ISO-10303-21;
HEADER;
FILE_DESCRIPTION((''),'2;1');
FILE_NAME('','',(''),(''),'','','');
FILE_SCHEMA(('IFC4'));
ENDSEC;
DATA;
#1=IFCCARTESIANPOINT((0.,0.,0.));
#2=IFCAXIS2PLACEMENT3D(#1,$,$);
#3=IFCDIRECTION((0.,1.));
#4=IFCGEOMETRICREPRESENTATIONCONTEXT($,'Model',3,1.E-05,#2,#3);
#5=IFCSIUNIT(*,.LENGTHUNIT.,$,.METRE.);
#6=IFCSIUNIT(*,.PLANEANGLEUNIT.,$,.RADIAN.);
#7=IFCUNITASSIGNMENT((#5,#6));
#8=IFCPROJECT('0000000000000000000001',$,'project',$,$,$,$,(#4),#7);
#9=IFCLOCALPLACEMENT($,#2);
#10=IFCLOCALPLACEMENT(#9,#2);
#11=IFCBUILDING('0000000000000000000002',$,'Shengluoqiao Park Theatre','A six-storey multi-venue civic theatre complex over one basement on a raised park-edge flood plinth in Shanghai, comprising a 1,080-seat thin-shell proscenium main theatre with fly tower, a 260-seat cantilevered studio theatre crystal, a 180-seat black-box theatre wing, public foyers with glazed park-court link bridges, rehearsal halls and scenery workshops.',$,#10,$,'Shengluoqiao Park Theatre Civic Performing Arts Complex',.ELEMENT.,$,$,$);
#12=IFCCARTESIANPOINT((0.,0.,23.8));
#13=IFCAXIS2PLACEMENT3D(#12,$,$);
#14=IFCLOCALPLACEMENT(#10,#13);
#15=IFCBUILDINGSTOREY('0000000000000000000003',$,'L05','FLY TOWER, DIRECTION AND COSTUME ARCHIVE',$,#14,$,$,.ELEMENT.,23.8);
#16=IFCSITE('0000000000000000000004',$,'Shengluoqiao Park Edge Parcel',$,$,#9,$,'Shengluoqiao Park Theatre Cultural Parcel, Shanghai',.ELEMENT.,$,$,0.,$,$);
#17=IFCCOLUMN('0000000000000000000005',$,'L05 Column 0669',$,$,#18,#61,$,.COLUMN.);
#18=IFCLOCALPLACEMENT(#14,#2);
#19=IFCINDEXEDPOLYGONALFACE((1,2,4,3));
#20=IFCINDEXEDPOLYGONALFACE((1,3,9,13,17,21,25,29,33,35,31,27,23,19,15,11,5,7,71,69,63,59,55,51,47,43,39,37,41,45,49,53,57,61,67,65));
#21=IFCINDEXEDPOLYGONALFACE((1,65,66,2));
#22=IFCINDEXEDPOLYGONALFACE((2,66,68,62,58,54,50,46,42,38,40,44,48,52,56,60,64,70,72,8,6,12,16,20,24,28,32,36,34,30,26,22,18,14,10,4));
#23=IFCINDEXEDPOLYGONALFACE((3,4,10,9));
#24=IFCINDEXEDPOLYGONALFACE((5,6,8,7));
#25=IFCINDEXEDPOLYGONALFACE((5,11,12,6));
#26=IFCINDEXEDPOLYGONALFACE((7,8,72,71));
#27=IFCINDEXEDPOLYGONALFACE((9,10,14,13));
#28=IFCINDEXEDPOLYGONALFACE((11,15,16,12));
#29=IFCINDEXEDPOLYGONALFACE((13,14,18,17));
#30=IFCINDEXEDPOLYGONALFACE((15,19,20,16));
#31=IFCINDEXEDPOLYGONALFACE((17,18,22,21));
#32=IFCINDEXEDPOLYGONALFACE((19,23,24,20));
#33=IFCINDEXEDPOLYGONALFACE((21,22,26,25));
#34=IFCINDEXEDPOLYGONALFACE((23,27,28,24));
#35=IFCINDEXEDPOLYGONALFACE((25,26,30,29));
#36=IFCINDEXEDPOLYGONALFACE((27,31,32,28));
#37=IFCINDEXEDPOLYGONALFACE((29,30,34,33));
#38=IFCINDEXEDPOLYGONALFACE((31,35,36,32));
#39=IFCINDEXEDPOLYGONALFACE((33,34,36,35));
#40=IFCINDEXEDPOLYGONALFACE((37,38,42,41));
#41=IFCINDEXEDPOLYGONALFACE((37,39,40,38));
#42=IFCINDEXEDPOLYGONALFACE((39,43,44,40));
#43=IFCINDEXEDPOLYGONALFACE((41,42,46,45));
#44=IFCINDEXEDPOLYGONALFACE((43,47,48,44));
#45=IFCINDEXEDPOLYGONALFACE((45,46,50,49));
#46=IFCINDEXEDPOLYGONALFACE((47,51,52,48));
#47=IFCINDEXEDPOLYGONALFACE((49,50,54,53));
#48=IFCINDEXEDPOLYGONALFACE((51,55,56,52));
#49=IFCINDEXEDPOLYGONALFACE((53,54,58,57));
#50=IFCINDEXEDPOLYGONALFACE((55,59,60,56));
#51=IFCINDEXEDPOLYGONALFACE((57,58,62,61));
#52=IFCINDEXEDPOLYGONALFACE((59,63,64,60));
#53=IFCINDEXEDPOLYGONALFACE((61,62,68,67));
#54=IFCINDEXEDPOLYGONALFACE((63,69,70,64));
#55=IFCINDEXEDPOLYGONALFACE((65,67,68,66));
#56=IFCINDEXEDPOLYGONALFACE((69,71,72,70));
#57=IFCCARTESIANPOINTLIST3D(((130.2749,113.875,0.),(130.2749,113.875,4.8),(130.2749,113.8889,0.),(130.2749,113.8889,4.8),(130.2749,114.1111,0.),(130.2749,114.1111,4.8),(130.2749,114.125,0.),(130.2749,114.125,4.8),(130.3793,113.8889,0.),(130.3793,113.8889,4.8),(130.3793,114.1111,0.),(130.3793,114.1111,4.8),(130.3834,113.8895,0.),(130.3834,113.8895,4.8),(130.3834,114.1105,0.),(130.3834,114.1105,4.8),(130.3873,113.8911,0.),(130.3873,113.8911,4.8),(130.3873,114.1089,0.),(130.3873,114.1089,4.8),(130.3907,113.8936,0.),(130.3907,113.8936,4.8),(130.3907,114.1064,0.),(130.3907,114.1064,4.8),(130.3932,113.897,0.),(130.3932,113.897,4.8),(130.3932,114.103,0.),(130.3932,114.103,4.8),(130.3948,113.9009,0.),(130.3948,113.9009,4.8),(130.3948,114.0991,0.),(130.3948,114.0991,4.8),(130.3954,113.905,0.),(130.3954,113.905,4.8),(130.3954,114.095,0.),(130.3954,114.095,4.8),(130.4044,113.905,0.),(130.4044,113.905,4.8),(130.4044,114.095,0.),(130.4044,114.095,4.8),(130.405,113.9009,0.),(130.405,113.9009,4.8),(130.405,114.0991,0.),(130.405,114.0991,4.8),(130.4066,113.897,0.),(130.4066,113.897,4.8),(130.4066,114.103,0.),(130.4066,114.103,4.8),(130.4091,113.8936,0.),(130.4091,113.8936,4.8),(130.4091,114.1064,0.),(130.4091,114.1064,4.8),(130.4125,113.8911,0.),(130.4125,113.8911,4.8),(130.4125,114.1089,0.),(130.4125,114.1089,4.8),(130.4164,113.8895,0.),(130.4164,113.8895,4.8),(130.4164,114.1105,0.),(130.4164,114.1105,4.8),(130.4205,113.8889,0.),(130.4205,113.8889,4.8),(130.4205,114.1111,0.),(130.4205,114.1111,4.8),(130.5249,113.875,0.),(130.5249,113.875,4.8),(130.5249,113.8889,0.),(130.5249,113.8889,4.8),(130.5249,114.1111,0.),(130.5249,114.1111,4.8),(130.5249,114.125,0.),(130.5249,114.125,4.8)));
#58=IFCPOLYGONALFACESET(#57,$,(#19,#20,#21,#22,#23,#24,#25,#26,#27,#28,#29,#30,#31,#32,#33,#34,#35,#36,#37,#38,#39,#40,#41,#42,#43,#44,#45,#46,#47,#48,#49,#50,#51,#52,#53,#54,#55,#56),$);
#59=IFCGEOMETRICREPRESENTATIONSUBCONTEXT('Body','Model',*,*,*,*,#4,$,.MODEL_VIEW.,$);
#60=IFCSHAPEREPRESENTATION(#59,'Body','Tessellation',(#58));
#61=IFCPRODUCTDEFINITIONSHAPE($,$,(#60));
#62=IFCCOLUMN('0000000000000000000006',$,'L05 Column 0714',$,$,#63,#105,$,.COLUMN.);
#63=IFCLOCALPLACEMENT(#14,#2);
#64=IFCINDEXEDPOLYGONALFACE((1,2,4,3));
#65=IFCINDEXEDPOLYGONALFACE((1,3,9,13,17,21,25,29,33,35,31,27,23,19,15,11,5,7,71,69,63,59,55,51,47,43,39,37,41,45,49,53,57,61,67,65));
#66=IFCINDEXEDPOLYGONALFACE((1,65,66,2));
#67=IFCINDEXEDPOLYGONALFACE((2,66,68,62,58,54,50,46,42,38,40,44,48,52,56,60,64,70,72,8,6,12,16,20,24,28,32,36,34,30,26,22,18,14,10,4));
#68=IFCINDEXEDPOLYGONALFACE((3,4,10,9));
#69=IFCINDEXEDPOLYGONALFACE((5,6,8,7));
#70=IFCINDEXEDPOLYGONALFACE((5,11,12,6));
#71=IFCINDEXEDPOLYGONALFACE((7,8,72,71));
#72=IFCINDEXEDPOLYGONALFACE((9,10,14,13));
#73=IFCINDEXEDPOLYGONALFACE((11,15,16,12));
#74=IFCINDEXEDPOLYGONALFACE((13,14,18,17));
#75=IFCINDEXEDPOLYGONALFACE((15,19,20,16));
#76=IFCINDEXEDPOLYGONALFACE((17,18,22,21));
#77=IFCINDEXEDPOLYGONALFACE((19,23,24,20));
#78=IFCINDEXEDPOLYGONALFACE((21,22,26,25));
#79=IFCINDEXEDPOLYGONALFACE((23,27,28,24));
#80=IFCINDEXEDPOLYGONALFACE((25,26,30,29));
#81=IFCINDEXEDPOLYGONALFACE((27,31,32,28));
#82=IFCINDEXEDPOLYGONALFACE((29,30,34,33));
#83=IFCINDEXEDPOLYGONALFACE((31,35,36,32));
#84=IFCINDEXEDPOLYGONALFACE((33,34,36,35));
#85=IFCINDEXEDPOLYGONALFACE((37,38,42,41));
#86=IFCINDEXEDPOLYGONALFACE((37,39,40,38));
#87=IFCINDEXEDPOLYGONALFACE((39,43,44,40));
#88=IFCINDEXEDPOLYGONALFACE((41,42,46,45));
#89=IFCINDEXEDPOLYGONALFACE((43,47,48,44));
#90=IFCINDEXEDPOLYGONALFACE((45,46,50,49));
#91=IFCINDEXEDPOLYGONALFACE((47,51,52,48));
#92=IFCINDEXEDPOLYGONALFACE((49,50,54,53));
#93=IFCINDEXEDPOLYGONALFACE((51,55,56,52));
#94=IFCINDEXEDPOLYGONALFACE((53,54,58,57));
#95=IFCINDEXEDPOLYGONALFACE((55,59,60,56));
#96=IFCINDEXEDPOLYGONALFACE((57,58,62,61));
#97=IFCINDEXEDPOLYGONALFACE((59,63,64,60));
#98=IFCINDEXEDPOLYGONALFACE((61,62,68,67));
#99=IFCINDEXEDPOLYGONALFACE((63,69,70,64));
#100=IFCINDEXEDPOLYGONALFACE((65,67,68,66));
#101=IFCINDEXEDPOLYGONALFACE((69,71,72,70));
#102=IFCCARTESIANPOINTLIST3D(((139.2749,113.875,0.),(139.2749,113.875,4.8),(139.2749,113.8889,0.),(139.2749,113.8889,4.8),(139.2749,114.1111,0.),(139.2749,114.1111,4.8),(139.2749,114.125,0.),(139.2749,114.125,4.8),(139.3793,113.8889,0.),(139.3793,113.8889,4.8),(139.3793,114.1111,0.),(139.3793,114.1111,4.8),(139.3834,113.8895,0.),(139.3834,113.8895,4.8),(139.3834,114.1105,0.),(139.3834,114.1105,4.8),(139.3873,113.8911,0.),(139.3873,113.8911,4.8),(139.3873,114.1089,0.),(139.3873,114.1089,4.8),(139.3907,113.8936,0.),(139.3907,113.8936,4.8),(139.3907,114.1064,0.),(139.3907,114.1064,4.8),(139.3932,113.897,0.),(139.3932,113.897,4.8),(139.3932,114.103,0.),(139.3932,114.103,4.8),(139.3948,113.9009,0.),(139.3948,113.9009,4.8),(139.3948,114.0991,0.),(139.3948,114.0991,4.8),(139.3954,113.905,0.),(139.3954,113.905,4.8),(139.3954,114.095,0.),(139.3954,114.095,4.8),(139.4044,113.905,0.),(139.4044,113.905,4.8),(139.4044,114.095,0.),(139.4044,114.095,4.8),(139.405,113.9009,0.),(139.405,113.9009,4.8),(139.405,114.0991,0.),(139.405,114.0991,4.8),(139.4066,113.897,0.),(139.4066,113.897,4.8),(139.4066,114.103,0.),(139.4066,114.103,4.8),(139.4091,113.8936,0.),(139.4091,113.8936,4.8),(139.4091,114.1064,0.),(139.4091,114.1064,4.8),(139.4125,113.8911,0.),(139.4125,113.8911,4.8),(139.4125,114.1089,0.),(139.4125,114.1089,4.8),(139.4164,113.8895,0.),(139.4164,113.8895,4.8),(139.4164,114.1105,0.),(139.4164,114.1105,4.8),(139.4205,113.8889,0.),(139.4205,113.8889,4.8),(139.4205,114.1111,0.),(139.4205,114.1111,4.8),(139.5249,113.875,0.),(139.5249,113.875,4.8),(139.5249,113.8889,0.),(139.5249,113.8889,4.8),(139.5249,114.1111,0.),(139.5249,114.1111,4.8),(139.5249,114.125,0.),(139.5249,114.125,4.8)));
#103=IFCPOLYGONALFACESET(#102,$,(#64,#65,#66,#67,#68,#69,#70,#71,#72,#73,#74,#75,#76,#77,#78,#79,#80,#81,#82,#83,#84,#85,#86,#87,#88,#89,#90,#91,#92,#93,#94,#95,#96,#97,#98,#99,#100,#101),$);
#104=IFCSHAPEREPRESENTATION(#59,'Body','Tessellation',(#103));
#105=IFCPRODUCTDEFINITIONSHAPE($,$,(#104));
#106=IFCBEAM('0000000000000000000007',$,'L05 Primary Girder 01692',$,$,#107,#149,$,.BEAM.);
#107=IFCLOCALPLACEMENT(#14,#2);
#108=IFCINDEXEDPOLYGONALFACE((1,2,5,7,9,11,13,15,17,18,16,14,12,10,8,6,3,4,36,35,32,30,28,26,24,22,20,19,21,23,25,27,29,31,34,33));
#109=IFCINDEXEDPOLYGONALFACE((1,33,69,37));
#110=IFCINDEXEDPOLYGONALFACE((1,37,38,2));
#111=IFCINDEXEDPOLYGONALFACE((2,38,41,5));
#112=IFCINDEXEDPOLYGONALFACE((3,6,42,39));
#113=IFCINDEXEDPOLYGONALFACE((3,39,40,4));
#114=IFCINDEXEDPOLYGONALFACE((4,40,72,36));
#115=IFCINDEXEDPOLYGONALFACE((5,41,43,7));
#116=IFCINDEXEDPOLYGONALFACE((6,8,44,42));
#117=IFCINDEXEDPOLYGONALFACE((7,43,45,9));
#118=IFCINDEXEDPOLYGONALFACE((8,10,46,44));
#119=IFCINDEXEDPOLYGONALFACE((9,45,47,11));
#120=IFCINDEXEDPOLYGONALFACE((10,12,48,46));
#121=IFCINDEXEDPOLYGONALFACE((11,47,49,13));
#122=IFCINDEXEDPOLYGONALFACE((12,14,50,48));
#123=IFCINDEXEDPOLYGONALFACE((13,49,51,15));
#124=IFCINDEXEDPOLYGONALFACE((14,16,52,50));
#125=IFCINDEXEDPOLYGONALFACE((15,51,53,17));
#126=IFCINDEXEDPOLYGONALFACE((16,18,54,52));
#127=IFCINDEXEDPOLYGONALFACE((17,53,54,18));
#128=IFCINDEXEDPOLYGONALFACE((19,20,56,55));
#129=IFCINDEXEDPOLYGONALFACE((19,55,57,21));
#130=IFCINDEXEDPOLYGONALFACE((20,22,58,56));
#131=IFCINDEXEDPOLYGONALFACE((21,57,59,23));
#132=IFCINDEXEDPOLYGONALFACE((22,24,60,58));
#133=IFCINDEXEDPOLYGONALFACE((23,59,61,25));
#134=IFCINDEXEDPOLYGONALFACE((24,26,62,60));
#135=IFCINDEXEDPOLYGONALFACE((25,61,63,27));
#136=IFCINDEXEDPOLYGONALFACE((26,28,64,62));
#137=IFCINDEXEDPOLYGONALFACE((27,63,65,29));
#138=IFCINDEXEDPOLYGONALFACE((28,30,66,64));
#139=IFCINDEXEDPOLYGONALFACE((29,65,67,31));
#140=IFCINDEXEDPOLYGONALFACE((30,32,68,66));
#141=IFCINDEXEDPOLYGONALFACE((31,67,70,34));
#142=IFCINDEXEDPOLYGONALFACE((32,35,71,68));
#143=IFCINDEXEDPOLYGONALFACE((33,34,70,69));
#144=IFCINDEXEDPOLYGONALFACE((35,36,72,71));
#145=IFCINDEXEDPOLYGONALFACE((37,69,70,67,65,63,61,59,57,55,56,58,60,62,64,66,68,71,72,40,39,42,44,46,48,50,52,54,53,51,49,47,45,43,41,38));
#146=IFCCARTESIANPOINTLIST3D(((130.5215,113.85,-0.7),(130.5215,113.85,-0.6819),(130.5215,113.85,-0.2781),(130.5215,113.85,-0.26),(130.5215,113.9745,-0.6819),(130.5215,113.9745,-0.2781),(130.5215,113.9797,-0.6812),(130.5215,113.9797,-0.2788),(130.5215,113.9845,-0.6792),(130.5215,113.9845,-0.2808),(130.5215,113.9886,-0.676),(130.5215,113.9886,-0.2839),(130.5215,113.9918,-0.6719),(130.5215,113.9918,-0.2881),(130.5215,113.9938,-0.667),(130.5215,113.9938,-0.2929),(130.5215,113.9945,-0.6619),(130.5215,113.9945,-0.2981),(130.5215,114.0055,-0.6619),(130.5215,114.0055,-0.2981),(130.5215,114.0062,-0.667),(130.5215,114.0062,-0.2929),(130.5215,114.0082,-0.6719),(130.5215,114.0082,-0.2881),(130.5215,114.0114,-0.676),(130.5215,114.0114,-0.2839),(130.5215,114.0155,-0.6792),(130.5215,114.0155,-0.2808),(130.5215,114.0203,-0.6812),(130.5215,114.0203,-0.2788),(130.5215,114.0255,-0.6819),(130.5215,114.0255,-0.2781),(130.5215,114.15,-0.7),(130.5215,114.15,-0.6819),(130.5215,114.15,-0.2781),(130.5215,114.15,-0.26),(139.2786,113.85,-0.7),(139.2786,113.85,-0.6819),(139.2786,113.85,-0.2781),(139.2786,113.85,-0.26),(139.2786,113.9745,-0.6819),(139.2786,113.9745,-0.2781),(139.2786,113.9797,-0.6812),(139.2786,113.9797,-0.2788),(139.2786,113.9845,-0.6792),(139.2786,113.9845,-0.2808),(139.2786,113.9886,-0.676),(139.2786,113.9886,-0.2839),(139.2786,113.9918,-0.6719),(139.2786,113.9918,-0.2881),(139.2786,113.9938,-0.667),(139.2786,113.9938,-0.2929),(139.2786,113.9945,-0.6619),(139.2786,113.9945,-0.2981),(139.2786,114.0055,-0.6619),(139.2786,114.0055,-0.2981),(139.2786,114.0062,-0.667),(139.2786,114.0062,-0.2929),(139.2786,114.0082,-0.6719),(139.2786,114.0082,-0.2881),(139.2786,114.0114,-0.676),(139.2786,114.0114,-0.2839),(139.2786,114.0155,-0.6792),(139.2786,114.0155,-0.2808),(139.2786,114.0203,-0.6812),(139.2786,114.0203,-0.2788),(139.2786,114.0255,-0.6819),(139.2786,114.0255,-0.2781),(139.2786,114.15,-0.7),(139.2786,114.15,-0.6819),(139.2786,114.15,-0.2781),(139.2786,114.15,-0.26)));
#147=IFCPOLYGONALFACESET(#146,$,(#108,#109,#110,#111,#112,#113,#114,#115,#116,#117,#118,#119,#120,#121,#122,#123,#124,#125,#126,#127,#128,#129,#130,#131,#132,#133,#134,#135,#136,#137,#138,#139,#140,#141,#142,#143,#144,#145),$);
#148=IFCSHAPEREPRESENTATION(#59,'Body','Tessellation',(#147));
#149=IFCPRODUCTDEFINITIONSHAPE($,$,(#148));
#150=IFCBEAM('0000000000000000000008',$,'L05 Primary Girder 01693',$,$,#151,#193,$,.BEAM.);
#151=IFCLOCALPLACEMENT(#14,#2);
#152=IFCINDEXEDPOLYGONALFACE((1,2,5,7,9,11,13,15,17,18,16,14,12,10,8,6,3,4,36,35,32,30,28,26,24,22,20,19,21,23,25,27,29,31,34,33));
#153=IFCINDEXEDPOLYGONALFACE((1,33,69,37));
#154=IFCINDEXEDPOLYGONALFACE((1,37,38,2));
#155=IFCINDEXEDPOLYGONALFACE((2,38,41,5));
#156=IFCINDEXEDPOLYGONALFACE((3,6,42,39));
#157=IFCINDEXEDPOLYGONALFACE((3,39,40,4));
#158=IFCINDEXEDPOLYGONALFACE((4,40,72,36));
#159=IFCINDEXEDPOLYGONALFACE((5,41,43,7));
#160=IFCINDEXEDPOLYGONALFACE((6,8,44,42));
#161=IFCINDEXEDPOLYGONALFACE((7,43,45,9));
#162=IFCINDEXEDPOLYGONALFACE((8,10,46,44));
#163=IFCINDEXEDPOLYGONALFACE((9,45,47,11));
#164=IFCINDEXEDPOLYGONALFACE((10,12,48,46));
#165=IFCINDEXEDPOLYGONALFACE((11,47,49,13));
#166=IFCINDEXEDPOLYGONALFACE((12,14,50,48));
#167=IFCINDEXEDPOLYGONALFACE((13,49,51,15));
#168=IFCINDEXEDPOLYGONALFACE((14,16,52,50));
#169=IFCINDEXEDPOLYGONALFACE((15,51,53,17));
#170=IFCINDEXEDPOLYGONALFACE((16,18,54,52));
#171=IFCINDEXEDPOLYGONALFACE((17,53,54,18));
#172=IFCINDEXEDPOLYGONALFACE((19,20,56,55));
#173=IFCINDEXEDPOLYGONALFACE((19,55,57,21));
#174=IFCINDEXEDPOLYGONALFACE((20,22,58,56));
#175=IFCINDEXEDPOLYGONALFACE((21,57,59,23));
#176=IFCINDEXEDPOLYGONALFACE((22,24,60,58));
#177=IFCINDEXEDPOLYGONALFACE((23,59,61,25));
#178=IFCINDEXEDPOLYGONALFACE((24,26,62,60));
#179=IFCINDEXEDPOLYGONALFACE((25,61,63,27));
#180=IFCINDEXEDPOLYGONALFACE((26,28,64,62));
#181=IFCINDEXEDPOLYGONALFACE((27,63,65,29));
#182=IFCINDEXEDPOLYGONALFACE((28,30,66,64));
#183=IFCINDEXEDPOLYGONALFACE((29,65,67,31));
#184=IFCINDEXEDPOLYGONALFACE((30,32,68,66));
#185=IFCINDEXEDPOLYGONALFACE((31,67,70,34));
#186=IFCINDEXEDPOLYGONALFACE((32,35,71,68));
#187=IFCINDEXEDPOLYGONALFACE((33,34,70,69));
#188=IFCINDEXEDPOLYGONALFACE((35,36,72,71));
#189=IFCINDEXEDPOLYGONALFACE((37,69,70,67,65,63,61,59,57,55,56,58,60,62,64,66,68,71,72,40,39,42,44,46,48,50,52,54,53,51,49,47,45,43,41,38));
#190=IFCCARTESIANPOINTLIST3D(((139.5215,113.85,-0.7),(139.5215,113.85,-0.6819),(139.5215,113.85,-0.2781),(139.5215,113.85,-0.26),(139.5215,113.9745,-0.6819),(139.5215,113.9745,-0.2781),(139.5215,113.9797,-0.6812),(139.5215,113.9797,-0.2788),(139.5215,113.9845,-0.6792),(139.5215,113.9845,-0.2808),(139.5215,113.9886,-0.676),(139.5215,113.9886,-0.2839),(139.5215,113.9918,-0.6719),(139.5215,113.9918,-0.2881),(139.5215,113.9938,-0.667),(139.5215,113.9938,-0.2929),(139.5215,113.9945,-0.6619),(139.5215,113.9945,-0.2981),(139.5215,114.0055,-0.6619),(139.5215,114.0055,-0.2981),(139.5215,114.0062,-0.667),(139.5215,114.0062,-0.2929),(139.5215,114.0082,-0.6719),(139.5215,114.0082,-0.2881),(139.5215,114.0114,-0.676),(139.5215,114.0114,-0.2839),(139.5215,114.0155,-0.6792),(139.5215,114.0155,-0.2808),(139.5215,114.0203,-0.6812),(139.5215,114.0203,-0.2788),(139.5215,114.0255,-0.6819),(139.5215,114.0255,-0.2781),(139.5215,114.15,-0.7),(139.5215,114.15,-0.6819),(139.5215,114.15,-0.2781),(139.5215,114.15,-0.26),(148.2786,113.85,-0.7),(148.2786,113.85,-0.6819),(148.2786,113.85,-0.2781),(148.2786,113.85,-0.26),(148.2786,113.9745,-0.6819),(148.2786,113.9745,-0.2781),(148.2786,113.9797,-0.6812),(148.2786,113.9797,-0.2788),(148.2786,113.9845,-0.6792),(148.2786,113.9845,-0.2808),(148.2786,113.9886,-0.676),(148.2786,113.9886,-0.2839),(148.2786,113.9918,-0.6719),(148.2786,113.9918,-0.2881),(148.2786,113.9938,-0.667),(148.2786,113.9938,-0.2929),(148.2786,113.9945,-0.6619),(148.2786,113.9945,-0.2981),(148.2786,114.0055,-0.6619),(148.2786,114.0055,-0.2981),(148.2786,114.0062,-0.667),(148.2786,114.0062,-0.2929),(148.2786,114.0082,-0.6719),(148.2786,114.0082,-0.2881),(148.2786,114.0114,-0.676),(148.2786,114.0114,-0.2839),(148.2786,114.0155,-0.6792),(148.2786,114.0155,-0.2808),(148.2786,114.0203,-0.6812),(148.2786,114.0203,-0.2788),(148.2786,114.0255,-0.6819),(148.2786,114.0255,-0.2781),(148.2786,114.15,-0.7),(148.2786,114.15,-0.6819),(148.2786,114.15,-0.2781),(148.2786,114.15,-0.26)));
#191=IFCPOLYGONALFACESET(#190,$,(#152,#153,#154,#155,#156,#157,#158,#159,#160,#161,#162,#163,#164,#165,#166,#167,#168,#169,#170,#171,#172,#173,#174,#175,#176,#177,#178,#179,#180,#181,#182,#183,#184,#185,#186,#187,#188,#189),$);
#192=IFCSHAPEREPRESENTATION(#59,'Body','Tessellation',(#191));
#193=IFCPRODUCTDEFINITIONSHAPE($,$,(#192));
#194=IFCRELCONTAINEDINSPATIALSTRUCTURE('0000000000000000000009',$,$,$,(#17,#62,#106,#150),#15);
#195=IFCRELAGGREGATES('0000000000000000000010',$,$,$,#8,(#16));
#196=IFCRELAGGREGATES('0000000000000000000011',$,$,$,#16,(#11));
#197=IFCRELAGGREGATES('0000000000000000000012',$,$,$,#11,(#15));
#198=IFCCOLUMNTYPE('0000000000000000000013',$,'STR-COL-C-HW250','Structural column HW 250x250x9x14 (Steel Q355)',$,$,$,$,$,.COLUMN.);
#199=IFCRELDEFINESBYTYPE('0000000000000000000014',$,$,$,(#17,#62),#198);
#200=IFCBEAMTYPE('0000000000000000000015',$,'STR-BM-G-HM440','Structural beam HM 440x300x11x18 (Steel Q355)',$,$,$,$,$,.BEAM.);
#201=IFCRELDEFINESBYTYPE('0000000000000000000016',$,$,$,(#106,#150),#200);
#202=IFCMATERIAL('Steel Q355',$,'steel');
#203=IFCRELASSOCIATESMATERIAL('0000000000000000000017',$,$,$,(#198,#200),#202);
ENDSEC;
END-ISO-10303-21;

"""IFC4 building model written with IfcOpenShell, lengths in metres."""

from ifc_helpers import new_model, si_unit, direction, frame, origin, origin_2d, place, context, subcontext, project, spatial, i_section, extrude, material, material_profile, profile_set, type_object, element, save


model = new_model("IFC4")

# Units and contexts
model_context = context("Model", 3, precision=1e-05, world=origin(), true_north=direction((0.0, 1.0)))
body_context = subcontext(model_context, "Body", "Model", "MODEL_VIEW")
ifc_project = project(units=[si_unit("LENGTHUNIT", "METRE"), si_unit("PLANEANGLEUNIT", "RADIAN")], contexts=[model_context])

# Site, building, storey
site_placement = place(None, origin())
site = spatial("IfcSite", under=ifc_project, at=site_placement, Name="Shengluoqiao Park Edge Parcel", LongName="Shengluoqiao Park Theatre Cultural Parcel, Shanghai", CompositionType="ELEMENT", RefElevation=0.0)
building_placement = place(site_placement, origin())
building = spatial("IfcBuilding", under=site, at=building_placement, Name="Shengluoqiao Park Theatre", Description="A six-storey multi-venue civic theatre complex over one basement on a raised park-edge flood plinth in Shanghai, comprising a 1,080-seat thin-shell proscenium main theatre with fly tower, a 260-seat cantilevered studio theatre crystal, a 180-seat black-box theatre wing, public foyers with glazed park-court link bridges, rehearsal halls and scenery workshops.", LongName="Shengluoqiao Park Theatre Civic Performing Arts Complex", CompositionType="ELEMENT")
storey_placement = place(building_placement, frame((0.0, 0.0, 23.8)))
storey = spatial("IfcBuildingStorey", under=building, at=storey_placement, Name="L05", Description="FLY TOWER, DIRECTION AND COSTUME ARCHIVE", CompositionType="ELEMENT", Elevation=23.8)

# Columns
ifc_material_1 = material(Name="Steel Q355", Category="steel")
ifc_material_profile_1 = material_profile(ifc_material_1, i_section(OverallWidth=0.25, OverallDepth=0.25, WebThickness=0.009, FlangeThickness=0.0139, FilletRadius=0.0161, at=origin_2d()), Name="HW 250x250x9x14")
ifc_profile_set_1 = profile_set([ifc_material_profile_1], Name="Steel Q355")
column_type = type_object("IfcColumnType", Name="STR-COL-C-HW250", Description="Structural column HW 250x250x9x14 (Steel Q355)", PredefinedType="COLUMN", material=ifc_profile_set_1)
for number, where, z_axis, x_axis, name in (
    (1, (130.3999, 114.0, 0.0), (0.0, 0.0, 1.0), (1.0, 0.0, 0.0), "L05 Column 0669"),
    (2, (139.3999, 114.0, 0.0), (0.0, 0.0, 1.0), (1.0, 0.0, 0.0), "L05 Column 0714"),
):
    element("IfcColumn", number, at=place(storey_placement, frame(where, z_axis=z_axis, x_axis=x_axis)), inside=storey, type_object=column_type, Name=name, PredefinedType="COLUMN", context=body_context, shape_type="SweptSolid", body=[
        extrude(i_section(OverallWidth=0.25, OverallDepth=0.25, WebThickness=0.009, FlangeThickness=0.0139, FilletRadius=0.0161, at=origin_2d()), origin(), (0.0, 0.0, 1.0), 4.8),
    ])

# Beams
ifc_material_profile_2 = material_profile(ifc_material_1, i_section(OverallWidth=0.3, OverallDepth=0.4399, WebThickness=0.011, FlangeThickness=0.0181, FilletRadius=0.02, at=origin_2d()), Name="HM 440x300x11x18")
ifc_profile_set_2 = profile_set([ifc_material_profile_2], Name="Steel Q355")
beam_type = type_object("IfcBeamType", Name="STR-BM-G-HM440", Description="Structural beam HM 440x300x11x18 (Steel Q355)", PredefinedType="BEAM", material=ifc_profile_set_2)
for number, where, z_axis, x_axis, name in (
    (3, (130.5215, 114.0, -0.48), (1.0, 0.0, 0.0), (0.0, 1.0, 0.0), "L05 Primary Girder 01692"),
    (4, (139.5215, 114.0, -0.48), (1.0, 0.0, 0.0), (0.0, 1.0, 0.0), "L05 Primary Girder 01693"),
):
    element("IfcBeam", number, at=place(storey_placement, frame(where, z_axis=z_axis, x_axis=x_axis)), inside=storey, type_object=beam_type, Name=name, PredefinedType="BEAM", context=body_context, shape_type="SweptSolid", body=[
        extrude(i_section(OverallWidth=0.3, OverallDepth=0.4399, WebThickness=0.011, FlangeThickness=0.0181, FilletRadius=0.02, at=origin_2d()), origin(), (0.0, 0.0, 1.0), 8.7571),
    ])

save(model, "model.ifc")
